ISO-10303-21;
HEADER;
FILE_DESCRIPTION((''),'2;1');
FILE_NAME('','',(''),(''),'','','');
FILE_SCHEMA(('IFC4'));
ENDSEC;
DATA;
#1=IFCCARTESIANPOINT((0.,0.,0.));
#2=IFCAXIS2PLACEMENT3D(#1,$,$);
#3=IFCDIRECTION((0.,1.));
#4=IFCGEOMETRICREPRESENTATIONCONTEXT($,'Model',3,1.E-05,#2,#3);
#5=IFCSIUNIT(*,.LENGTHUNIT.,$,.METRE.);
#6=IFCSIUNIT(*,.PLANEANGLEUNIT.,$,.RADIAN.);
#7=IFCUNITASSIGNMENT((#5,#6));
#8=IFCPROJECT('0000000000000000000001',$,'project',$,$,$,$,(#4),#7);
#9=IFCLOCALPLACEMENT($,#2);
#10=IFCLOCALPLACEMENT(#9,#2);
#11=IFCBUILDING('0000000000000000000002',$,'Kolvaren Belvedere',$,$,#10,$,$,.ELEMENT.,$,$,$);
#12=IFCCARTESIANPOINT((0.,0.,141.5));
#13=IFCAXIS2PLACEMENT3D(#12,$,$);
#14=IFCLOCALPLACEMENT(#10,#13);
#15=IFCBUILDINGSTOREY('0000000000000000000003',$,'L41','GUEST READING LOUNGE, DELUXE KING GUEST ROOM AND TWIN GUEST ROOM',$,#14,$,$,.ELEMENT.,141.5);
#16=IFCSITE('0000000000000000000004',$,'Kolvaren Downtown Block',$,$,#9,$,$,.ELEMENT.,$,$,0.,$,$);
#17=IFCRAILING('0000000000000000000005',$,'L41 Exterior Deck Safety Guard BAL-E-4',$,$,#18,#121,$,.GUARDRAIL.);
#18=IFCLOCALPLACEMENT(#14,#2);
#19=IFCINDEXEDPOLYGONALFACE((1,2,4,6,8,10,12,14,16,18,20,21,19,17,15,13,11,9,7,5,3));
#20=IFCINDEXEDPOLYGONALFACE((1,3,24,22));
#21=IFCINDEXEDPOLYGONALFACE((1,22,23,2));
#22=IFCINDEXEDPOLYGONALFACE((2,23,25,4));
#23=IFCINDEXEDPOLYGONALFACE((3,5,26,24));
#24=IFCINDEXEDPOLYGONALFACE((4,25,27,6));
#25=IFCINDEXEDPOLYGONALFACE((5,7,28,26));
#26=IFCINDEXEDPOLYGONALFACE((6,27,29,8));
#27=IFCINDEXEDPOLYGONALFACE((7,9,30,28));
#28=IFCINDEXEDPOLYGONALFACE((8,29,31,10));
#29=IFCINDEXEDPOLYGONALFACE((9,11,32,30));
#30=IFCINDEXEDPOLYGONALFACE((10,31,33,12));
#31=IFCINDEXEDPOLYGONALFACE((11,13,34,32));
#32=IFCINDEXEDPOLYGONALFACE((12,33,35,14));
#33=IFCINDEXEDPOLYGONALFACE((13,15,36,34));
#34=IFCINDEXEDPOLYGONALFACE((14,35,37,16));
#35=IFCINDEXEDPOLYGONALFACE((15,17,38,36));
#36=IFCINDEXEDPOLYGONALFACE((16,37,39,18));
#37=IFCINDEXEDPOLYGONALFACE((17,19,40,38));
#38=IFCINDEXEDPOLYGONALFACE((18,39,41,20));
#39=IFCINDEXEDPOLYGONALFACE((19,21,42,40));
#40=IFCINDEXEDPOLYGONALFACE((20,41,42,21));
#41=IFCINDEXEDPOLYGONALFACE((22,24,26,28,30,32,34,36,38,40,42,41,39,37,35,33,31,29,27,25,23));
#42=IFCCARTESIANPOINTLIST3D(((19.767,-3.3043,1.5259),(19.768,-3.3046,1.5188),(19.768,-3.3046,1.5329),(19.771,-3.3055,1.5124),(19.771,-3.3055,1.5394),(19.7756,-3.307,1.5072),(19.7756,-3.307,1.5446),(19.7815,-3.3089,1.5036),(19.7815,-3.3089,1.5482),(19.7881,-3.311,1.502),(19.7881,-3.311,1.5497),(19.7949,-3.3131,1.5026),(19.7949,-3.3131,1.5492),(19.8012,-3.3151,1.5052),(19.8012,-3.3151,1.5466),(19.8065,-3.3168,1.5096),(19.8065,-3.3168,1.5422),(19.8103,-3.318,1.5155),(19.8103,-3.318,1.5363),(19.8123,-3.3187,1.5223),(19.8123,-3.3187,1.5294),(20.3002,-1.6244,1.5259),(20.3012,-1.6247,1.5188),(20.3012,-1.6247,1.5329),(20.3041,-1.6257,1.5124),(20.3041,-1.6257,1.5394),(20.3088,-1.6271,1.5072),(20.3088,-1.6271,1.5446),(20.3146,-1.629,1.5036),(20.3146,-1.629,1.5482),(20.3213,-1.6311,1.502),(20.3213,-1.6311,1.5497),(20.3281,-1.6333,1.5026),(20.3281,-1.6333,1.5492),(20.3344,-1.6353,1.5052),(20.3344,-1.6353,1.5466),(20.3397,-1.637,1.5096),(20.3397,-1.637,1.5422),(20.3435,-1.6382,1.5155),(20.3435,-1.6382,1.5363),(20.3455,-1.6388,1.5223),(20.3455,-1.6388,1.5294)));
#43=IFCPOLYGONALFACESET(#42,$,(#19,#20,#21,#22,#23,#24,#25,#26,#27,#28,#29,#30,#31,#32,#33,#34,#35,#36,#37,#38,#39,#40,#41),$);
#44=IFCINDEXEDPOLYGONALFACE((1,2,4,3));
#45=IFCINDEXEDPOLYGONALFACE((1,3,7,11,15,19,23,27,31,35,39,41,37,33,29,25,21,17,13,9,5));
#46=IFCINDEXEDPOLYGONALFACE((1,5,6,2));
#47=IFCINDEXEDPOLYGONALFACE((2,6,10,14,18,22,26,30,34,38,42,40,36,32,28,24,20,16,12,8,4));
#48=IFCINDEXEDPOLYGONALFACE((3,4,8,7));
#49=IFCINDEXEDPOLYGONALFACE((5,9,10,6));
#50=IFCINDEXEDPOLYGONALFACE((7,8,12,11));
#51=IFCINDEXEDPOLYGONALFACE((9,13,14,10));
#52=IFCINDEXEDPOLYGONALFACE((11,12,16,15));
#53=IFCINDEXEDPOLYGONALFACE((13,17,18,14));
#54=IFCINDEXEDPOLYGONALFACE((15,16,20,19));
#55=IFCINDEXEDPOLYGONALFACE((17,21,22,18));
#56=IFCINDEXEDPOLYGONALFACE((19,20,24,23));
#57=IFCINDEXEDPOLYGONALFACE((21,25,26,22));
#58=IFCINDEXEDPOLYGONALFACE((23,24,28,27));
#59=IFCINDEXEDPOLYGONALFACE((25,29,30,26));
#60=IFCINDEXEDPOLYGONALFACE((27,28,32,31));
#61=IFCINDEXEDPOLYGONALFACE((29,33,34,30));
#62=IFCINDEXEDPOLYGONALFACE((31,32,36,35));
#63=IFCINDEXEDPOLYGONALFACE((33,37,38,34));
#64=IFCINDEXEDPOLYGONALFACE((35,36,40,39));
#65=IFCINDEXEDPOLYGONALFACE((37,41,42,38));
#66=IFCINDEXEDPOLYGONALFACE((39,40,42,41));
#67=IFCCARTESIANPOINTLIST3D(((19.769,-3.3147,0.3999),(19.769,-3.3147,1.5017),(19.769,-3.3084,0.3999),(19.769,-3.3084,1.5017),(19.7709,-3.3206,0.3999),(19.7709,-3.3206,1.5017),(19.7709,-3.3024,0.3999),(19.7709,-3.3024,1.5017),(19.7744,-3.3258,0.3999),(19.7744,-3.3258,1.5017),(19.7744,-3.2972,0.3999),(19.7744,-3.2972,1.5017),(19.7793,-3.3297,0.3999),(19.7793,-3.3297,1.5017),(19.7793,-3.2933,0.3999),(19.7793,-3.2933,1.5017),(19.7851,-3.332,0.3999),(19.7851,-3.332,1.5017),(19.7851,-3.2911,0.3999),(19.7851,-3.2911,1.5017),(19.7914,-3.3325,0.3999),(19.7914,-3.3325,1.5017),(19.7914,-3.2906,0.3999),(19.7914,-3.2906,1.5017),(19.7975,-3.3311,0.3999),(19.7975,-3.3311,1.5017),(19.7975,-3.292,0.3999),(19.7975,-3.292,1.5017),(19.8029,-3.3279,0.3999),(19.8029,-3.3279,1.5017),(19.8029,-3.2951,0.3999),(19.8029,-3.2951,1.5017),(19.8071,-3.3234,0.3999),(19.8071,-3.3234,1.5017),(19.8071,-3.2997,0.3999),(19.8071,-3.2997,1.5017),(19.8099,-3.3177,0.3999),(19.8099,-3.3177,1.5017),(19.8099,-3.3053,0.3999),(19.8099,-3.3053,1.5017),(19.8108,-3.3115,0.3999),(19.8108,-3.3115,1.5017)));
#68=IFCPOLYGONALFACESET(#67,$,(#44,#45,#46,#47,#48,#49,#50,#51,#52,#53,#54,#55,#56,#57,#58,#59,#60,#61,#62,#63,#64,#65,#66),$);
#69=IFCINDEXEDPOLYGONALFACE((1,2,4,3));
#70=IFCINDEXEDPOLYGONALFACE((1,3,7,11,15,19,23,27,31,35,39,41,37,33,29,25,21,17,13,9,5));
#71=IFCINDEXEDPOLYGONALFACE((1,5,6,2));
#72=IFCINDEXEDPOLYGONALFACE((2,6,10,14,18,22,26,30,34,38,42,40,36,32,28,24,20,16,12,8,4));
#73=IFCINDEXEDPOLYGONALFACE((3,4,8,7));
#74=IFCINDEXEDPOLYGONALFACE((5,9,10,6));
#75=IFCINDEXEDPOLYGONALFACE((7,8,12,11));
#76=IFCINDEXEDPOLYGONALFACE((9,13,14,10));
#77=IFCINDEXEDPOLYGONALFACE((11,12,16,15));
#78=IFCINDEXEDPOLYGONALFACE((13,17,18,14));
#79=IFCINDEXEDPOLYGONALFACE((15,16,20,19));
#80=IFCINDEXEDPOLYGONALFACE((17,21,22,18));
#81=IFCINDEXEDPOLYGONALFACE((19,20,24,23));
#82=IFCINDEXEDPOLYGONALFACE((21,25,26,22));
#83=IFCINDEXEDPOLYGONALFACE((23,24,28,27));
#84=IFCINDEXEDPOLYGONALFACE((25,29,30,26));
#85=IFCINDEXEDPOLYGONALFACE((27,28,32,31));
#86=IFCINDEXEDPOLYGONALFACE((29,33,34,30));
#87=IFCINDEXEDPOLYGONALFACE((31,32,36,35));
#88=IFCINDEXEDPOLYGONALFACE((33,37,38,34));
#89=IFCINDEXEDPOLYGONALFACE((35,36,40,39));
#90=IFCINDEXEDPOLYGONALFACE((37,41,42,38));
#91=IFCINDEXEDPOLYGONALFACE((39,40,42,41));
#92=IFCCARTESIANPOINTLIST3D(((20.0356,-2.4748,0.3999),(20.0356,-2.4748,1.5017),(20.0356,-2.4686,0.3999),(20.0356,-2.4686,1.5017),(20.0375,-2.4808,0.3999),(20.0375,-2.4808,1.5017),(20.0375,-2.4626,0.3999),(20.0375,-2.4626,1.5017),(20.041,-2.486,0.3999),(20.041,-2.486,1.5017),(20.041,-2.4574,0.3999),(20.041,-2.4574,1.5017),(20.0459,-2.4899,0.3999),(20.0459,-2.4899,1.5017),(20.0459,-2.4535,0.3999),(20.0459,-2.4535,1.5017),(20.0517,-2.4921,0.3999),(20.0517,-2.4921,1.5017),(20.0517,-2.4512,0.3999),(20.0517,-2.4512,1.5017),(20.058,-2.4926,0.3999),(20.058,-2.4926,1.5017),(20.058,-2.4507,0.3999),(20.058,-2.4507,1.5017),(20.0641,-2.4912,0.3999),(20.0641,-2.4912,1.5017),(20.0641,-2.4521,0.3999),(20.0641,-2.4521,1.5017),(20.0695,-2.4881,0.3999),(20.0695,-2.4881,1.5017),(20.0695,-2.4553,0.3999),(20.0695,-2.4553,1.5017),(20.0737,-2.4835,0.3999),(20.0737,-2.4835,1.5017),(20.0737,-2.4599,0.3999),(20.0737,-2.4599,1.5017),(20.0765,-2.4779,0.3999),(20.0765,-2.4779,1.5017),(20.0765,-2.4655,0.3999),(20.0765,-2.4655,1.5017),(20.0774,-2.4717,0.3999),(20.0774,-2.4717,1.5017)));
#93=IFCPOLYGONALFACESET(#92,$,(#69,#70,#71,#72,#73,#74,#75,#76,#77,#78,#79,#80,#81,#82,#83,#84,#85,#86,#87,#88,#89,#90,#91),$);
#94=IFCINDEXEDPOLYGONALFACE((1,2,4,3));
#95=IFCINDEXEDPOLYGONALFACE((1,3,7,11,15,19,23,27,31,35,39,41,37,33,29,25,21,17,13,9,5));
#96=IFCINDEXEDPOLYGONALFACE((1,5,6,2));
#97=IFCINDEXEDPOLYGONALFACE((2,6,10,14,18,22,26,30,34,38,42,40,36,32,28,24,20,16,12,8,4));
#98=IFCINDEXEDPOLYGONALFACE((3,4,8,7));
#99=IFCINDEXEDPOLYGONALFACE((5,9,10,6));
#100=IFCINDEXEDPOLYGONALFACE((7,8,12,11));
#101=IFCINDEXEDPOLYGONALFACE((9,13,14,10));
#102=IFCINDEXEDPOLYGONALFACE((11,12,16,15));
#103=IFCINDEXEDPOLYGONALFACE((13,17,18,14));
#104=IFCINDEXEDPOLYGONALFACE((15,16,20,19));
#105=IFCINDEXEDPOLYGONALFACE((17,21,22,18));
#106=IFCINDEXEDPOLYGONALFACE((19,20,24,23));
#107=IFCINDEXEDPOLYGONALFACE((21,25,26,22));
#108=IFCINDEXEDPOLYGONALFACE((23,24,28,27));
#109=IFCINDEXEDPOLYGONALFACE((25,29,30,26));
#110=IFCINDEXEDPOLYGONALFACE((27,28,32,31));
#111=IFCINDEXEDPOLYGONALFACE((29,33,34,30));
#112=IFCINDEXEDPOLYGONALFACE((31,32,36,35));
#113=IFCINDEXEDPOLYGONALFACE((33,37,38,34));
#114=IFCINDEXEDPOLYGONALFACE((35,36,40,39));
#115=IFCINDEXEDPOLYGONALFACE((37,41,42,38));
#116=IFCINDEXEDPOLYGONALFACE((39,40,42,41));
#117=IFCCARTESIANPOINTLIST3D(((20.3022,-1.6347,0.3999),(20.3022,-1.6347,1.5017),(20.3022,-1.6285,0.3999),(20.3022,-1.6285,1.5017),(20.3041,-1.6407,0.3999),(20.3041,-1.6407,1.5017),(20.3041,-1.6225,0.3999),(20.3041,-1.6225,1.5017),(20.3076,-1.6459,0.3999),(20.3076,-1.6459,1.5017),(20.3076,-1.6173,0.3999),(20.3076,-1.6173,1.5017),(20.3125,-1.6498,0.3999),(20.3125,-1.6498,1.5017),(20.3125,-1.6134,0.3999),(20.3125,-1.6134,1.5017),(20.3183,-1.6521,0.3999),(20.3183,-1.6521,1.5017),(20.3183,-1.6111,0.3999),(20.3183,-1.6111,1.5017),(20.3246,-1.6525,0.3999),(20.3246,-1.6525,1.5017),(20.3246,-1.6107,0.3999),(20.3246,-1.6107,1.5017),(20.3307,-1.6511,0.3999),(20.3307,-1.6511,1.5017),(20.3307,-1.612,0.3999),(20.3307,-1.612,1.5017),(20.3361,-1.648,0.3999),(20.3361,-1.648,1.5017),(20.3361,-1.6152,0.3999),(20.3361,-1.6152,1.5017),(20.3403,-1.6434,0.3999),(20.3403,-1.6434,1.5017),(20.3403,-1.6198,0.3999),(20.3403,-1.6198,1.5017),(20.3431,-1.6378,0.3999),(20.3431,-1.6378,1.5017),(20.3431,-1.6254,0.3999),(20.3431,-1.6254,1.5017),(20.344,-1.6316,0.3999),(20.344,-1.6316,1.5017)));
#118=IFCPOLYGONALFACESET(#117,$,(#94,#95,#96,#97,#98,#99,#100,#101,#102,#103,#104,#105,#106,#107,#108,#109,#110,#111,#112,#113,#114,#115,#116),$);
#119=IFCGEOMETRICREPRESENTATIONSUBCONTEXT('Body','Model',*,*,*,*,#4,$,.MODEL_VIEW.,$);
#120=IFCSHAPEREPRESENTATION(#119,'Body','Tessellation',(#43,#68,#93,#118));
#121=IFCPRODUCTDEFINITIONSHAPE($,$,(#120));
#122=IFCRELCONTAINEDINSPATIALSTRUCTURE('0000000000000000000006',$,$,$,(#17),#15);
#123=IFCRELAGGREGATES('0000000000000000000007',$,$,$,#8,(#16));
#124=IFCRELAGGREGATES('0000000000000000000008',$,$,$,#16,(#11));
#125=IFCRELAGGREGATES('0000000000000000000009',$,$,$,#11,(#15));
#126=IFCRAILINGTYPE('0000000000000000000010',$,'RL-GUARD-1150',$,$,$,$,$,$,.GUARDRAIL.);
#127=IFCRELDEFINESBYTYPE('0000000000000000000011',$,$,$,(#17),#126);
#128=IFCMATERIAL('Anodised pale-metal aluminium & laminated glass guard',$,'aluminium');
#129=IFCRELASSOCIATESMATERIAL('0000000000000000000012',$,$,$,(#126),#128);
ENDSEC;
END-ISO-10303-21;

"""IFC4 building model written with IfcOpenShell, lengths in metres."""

from ifc_helpers import new_model, si_unit, direction, frame, origin, origin_2d, place, context, subcontext, project, spatial, circle, extrude, material, type_object, element, save


model = new_model("IFC4")

# Units and contexts
model_context = context("Model", 3, precision=1e-05, world=origin(), true_north=direction((0.0, 1.0)))
body_context = subcontext(model_context, "Body", "Model", "MODEL_VIEW")
ifc_project = project(units=[si_unit("LENGTHUNIT", "METRE"), si_unit("PLANEANGLEUNIT", "RADIAN")], contexts=[model_context])

# Site, building, storey
site_placement = place(None, origin())
site = spatial("IfcSite", under=ifc_project, at=site_placement, Name="Kolvaren Downtown Block", CompositionType="ELEMENT", RefElevation=0.0)
building_placement = place(site_placement, origin())
building = spatial("IfcBuilding", under=site, at=building_placement, Name="Kolvaren Belvedere", CompositionType="ELEMENT")
storey_placement = place(building_placement, frame((0.0, 0.0, 141.5)))
storey = spatial("IfcBuildingStorey", under=building, at=storey_placement, Name="L41", Description="GUEST READING LOUNGE, DELUXE KING GUEST ROOM AND TWIN GUEST ROOM", CompositionType="ELEMENT", Elevation=141.5)

# Railing
ifc_material_1 = material(Name="Anodised pale-metal aluminium & laminated glass guard", Category="aluminium")
railing_type = type_object("IfcRailingType", Name="RL-GUARD-1150", PredefinedType="GUARDRAIL", material=ifc_material_1)
railing_1_placement = place(storey_placement, frame((19.7898, -3.3115, 0.3999)))
element("IfcRailing", 1, at=railing_1_placement, inside=storey, type_object=railing_type, Name="L41 Exterior Deck Safety Guard BAL-E-4", PredefinedType="GUARDRAIL", context=body_context, shape_type="SweptSolid", body=[
    extrude(circle(Radius=0.0239, at=origin_2d()), frame((0.0, 0.0, 1.126), z_axis=(0.302523, 0.953142, 0.0), x_axis=(-0.953142, 0.302523, 0.0)), (0.0, 0.0, 1.0), 1.7625),
    extrude(circle(Radius=0.021, at=origin_2d()), origin(), (0.0, 0.0, 1.0), 1.1018),
    extrude(circle(Radius=0.021, at=origin_2d()), frame((0.2666, 0.8398, 0.0)), (0.0, 0.0, 1.0), 1.1018),
    extrude(circle(Radius=0.021, at=origin_2d()), frame((0.5332, 1.6799, 0.0)), (0.0, 0.0, 1.0), 1.1018),
])

save(model, "model.ifc")
